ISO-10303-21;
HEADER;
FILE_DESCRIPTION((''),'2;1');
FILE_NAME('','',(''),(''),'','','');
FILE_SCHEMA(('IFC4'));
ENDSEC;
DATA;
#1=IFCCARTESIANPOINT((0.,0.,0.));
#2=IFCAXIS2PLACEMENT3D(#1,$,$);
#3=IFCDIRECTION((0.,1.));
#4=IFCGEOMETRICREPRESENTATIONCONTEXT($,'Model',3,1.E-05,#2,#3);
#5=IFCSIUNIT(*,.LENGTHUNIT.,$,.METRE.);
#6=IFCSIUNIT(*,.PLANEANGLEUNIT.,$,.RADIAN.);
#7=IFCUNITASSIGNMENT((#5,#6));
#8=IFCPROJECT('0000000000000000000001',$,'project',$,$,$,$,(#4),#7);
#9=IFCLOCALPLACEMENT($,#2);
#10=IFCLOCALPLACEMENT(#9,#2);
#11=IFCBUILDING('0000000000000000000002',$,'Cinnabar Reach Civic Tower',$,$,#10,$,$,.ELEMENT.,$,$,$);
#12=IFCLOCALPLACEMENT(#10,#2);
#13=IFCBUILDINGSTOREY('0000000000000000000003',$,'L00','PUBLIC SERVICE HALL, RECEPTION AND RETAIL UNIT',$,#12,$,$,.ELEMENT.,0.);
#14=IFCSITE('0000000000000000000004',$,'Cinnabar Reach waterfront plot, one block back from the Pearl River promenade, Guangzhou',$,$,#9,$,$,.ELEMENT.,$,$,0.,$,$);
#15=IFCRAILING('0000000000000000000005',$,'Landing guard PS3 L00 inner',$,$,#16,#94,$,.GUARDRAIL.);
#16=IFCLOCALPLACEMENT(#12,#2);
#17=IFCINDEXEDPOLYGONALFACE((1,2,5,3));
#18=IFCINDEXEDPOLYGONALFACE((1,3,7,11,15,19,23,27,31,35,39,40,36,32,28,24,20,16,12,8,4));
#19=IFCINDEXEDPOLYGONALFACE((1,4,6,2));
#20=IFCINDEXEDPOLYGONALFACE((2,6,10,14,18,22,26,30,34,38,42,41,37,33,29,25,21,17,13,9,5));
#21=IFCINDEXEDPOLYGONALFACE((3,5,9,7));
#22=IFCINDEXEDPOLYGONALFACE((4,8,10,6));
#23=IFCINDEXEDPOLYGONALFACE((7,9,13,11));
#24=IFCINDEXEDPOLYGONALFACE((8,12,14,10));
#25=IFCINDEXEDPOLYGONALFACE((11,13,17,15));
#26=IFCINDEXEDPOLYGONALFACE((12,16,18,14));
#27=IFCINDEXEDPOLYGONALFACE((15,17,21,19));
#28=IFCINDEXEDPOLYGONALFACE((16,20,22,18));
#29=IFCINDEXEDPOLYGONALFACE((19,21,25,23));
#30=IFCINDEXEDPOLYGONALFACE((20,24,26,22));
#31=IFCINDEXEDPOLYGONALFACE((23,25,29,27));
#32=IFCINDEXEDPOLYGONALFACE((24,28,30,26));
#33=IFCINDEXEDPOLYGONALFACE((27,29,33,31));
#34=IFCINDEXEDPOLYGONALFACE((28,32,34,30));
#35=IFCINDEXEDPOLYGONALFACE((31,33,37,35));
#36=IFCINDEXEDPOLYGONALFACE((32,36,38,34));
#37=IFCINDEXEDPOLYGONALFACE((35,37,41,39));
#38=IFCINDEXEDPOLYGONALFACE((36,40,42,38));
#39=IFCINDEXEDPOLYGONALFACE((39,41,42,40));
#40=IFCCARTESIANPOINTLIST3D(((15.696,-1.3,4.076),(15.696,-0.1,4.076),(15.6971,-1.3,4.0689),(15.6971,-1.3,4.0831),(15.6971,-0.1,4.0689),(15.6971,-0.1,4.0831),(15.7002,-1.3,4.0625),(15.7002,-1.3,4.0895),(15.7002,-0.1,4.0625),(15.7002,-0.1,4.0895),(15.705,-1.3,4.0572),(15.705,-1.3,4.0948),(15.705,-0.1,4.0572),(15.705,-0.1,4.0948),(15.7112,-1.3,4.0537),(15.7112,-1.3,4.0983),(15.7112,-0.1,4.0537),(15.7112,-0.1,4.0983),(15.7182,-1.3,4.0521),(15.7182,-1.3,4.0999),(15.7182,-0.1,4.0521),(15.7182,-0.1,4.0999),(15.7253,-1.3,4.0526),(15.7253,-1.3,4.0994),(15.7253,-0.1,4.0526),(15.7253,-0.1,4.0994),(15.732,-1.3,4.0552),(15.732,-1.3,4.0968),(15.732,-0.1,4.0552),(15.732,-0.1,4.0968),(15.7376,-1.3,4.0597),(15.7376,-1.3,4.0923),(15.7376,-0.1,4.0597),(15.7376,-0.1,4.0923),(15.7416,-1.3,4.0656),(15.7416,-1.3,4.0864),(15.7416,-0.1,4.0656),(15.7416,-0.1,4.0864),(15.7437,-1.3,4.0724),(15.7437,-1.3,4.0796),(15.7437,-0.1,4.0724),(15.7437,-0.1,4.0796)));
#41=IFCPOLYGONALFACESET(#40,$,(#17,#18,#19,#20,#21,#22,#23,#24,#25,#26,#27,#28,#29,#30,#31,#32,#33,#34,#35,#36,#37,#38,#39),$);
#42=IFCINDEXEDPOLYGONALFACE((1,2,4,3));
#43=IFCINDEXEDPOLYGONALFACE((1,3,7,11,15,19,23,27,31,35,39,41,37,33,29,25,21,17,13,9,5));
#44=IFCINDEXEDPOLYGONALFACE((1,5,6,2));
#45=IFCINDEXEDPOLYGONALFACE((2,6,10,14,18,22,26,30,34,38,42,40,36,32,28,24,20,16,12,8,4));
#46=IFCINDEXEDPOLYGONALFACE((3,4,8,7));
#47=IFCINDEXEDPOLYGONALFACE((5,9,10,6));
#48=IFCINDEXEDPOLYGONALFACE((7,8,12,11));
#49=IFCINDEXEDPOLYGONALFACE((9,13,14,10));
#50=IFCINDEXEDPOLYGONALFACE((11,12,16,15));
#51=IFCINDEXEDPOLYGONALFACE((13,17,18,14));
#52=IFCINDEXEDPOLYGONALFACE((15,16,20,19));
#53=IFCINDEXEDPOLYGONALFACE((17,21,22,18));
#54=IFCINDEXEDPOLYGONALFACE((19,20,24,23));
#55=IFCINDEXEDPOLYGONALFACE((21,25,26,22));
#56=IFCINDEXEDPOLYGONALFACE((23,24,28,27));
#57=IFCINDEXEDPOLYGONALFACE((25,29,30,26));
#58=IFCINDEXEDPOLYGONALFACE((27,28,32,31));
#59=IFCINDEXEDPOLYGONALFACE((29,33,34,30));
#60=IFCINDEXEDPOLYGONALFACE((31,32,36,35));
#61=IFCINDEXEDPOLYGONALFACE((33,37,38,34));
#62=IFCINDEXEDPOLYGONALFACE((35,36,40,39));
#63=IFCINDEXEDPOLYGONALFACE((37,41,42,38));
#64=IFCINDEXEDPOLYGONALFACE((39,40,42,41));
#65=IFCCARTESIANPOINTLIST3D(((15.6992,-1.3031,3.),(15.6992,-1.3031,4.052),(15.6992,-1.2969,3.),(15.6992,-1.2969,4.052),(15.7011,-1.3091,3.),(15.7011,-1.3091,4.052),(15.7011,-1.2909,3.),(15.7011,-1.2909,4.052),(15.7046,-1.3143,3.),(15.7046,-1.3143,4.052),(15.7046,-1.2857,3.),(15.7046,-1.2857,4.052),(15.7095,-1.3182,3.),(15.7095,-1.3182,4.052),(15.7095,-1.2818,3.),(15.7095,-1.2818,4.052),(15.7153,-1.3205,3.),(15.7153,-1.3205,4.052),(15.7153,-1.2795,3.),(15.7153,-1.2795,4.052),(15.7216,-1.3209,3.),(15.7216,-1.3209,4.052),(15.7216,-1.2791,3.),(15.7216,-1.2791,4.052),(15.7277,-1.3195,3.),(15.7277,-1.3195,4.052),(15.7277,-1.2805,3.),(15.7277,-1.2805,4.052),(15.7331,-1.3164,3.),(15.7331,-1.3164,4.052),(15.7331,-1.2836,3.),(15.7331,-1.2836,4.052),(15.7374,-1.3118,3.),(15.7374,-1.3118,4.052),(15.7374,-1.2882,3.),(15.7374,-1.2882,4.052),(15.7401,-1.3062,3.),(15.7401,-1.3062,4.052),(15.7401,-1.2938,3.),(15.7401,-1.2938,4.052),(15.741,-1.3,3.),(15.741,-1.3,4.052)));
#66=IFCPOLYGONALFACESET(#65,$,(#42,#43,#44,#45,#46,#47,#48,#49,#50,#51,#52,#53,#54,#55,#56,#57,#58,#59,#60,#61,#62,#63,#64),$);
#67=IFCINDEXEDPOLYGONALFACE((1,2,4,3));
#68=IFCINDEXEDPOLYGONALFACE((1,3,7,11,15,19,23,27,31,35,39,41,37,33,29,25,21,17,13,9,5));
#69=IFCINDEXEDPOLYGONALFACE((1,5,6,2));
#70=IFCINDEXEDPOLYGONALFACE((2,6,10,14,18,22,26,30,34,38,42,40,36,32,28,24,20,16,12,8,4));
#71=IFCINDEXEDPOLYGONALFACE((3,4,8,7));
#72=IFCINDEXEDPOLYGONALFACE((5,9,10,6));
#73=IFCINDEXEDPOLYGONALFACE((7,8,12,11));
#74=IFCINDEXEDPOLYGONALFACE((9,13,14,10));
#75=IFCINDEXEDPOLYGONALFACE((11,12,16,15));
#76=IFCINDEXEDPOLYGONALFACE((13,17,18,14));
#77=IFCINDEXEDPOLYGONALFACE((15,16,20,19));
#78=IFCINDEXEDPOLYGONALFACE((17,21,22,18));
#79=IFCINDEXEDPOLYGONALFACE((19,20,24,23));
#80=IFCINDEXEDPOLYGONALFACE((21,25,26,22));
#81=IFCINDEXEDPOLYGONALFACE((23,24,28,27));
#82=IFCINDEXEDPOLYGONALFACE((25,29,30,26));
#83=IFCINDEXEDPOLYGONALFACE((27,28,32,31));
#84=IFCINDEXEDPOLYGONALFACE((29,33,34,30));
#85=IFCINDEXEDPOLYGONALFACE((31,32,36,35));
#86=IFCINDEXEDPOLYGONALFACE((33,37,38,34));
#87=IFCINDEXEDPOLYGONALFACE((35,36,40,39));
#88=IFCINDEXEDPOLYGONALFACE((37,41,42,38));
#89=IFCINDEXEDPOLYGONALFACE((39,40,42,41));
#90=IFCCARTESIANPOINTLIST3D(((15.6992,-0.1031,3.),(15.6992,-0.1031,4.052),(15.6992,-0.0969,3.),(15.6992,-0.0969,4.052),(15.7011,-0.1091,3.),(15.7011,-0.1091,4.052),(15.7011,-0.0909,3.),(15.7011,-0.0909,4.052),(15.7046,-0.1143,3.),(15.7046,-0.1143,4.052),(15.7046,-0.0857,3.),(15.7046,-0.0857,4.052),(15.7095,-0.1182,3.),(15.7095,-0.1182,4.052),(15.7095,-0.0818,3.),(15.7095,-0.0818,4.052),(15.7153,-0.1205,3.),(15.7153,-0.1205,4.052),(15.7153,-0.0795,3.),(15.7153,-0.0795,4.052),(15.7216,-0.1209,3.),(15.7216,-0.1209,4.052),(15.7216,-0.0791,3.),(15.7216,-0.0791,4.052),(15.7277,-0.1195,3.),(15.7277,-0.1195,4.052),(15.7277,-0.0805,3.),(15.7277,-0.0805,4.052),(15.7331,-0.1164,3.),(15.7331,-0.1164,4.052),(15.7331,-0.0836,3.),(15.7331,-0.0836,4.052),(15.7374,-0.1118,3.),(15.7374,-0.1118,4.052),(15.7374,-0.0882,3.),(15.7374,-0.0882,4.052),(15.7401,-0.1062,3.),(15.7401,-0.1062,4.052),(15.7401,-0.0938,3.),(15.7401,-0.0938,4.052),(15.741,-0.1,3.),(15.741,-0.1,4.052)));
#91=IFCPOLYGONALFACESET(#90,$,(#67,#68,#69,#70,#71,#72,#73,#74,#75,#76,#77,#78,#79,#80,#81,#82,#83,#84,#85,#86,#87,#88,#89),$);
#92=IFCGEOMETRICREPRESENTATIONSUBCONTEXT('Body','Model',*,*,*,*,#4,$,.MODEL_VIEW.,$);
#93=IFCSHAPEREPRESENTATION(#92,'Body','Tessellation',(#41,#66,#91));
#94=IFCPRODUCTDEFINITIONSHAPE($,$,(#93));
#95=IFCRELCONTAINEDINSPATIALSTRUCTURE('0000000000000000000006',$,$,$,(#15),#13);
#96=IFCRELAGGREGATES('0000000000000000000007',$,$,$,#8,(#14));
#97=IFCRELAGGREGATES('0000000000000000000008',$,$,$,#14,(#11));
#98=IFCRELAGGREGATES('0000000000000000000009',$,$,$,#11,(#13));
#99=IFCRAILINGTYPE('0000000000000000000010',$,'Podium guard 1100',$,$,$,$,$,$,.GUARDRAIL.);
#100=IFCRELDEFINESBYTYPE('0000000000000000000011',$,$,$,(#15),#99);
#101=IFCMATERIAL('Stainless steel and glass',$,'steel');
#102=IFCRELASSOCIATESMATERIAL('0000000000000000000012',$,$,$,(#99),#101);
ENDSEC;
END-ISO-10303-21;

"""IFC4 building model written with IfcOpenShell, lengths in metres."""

from ifc_helpers import new_model, si_unit, direction, frame, origin, origin_2d, place, context, subcontext, project, spatial, circle, extrude, material, type_object, element, save


model = new_model("IFC4")

# Units and contexts
model_context = context("Model", 3, precision=1e-05, world=origin(), true_north=direction((0.0, 1.0)))
body_context = subcontext(model_context, "Body", "Model", "MODEL_VIEW")
ifc_project = project(units=[si_unit("LENGTHUNIT", "METRE"), si_unit("PLANEANGLEUNIT", "RADIAN")], contexts=[model_context])

# Site, building, storey
site_placement = place(None, origin())
site = spatial("IfcSite", under=ifc_project, at=site_placement, Name="Cinnabar Reach waterfront plot, one block back from the Pearl River promenade, Guangzhou", CompositionType="ELEMENT", RefElevation=0.0)
building_placement = place(site_placement, origin())
building = spatial("IfcBuilding", under=site, at=building_placement, Name="Cinnabar Reach Civic Tower", CompositionType="ELEMENT")
storey_placement = place(building_placement, origin())
storey = spatial("IfcBuildingStorey", under=building, at=storey_placement, Name="L00", Description="PUBLIC SERVICE HALL, RECEPTION AND RETAIL UNIT", CompositionType="ELEMENT", Elevation=0.0)

# Railing
ifc_material_1 = material(Name="Stainless steel and glass", Category="steel")
railing_type = type_object("IfcRailingType", Name="Podium guard 1100", PredefinedType="GUARDRAIL", material=ifc_material_1)
railing_1_placement = place(storey_placement, frame((15.72, -1.3, 3.0)))
element("IfcRailing", 1, at=railing_1_placement, inside=storey, type_object=railing_type, Name="Landing guard PS3 L00 inner", PredefinedType="GUARDRAIL", context=body_context, shape_type="SweptSolid", body=[
    extrude(circle(Radius=0.024, at=origin_2d()), frame((0.0, 0.0, 1.076), z_axis=(0.0, 1.0, 0.0), x_axis=(-1.0, 0.0, 0.0)), (0.0, 0.0, 1.0), 1.2),
    extrude(circle(Radius=0.021, at=origin_2d()), origin(), (0.0, 0.0, 1.0), 1.052),
    extrude(circle(Radius=0.021, at=origin_2d()), frame((0.0, 1.2, 0.0)), (0.0, 0.0, 1.0), 1.052),
])

save(model, "model.ifc")
